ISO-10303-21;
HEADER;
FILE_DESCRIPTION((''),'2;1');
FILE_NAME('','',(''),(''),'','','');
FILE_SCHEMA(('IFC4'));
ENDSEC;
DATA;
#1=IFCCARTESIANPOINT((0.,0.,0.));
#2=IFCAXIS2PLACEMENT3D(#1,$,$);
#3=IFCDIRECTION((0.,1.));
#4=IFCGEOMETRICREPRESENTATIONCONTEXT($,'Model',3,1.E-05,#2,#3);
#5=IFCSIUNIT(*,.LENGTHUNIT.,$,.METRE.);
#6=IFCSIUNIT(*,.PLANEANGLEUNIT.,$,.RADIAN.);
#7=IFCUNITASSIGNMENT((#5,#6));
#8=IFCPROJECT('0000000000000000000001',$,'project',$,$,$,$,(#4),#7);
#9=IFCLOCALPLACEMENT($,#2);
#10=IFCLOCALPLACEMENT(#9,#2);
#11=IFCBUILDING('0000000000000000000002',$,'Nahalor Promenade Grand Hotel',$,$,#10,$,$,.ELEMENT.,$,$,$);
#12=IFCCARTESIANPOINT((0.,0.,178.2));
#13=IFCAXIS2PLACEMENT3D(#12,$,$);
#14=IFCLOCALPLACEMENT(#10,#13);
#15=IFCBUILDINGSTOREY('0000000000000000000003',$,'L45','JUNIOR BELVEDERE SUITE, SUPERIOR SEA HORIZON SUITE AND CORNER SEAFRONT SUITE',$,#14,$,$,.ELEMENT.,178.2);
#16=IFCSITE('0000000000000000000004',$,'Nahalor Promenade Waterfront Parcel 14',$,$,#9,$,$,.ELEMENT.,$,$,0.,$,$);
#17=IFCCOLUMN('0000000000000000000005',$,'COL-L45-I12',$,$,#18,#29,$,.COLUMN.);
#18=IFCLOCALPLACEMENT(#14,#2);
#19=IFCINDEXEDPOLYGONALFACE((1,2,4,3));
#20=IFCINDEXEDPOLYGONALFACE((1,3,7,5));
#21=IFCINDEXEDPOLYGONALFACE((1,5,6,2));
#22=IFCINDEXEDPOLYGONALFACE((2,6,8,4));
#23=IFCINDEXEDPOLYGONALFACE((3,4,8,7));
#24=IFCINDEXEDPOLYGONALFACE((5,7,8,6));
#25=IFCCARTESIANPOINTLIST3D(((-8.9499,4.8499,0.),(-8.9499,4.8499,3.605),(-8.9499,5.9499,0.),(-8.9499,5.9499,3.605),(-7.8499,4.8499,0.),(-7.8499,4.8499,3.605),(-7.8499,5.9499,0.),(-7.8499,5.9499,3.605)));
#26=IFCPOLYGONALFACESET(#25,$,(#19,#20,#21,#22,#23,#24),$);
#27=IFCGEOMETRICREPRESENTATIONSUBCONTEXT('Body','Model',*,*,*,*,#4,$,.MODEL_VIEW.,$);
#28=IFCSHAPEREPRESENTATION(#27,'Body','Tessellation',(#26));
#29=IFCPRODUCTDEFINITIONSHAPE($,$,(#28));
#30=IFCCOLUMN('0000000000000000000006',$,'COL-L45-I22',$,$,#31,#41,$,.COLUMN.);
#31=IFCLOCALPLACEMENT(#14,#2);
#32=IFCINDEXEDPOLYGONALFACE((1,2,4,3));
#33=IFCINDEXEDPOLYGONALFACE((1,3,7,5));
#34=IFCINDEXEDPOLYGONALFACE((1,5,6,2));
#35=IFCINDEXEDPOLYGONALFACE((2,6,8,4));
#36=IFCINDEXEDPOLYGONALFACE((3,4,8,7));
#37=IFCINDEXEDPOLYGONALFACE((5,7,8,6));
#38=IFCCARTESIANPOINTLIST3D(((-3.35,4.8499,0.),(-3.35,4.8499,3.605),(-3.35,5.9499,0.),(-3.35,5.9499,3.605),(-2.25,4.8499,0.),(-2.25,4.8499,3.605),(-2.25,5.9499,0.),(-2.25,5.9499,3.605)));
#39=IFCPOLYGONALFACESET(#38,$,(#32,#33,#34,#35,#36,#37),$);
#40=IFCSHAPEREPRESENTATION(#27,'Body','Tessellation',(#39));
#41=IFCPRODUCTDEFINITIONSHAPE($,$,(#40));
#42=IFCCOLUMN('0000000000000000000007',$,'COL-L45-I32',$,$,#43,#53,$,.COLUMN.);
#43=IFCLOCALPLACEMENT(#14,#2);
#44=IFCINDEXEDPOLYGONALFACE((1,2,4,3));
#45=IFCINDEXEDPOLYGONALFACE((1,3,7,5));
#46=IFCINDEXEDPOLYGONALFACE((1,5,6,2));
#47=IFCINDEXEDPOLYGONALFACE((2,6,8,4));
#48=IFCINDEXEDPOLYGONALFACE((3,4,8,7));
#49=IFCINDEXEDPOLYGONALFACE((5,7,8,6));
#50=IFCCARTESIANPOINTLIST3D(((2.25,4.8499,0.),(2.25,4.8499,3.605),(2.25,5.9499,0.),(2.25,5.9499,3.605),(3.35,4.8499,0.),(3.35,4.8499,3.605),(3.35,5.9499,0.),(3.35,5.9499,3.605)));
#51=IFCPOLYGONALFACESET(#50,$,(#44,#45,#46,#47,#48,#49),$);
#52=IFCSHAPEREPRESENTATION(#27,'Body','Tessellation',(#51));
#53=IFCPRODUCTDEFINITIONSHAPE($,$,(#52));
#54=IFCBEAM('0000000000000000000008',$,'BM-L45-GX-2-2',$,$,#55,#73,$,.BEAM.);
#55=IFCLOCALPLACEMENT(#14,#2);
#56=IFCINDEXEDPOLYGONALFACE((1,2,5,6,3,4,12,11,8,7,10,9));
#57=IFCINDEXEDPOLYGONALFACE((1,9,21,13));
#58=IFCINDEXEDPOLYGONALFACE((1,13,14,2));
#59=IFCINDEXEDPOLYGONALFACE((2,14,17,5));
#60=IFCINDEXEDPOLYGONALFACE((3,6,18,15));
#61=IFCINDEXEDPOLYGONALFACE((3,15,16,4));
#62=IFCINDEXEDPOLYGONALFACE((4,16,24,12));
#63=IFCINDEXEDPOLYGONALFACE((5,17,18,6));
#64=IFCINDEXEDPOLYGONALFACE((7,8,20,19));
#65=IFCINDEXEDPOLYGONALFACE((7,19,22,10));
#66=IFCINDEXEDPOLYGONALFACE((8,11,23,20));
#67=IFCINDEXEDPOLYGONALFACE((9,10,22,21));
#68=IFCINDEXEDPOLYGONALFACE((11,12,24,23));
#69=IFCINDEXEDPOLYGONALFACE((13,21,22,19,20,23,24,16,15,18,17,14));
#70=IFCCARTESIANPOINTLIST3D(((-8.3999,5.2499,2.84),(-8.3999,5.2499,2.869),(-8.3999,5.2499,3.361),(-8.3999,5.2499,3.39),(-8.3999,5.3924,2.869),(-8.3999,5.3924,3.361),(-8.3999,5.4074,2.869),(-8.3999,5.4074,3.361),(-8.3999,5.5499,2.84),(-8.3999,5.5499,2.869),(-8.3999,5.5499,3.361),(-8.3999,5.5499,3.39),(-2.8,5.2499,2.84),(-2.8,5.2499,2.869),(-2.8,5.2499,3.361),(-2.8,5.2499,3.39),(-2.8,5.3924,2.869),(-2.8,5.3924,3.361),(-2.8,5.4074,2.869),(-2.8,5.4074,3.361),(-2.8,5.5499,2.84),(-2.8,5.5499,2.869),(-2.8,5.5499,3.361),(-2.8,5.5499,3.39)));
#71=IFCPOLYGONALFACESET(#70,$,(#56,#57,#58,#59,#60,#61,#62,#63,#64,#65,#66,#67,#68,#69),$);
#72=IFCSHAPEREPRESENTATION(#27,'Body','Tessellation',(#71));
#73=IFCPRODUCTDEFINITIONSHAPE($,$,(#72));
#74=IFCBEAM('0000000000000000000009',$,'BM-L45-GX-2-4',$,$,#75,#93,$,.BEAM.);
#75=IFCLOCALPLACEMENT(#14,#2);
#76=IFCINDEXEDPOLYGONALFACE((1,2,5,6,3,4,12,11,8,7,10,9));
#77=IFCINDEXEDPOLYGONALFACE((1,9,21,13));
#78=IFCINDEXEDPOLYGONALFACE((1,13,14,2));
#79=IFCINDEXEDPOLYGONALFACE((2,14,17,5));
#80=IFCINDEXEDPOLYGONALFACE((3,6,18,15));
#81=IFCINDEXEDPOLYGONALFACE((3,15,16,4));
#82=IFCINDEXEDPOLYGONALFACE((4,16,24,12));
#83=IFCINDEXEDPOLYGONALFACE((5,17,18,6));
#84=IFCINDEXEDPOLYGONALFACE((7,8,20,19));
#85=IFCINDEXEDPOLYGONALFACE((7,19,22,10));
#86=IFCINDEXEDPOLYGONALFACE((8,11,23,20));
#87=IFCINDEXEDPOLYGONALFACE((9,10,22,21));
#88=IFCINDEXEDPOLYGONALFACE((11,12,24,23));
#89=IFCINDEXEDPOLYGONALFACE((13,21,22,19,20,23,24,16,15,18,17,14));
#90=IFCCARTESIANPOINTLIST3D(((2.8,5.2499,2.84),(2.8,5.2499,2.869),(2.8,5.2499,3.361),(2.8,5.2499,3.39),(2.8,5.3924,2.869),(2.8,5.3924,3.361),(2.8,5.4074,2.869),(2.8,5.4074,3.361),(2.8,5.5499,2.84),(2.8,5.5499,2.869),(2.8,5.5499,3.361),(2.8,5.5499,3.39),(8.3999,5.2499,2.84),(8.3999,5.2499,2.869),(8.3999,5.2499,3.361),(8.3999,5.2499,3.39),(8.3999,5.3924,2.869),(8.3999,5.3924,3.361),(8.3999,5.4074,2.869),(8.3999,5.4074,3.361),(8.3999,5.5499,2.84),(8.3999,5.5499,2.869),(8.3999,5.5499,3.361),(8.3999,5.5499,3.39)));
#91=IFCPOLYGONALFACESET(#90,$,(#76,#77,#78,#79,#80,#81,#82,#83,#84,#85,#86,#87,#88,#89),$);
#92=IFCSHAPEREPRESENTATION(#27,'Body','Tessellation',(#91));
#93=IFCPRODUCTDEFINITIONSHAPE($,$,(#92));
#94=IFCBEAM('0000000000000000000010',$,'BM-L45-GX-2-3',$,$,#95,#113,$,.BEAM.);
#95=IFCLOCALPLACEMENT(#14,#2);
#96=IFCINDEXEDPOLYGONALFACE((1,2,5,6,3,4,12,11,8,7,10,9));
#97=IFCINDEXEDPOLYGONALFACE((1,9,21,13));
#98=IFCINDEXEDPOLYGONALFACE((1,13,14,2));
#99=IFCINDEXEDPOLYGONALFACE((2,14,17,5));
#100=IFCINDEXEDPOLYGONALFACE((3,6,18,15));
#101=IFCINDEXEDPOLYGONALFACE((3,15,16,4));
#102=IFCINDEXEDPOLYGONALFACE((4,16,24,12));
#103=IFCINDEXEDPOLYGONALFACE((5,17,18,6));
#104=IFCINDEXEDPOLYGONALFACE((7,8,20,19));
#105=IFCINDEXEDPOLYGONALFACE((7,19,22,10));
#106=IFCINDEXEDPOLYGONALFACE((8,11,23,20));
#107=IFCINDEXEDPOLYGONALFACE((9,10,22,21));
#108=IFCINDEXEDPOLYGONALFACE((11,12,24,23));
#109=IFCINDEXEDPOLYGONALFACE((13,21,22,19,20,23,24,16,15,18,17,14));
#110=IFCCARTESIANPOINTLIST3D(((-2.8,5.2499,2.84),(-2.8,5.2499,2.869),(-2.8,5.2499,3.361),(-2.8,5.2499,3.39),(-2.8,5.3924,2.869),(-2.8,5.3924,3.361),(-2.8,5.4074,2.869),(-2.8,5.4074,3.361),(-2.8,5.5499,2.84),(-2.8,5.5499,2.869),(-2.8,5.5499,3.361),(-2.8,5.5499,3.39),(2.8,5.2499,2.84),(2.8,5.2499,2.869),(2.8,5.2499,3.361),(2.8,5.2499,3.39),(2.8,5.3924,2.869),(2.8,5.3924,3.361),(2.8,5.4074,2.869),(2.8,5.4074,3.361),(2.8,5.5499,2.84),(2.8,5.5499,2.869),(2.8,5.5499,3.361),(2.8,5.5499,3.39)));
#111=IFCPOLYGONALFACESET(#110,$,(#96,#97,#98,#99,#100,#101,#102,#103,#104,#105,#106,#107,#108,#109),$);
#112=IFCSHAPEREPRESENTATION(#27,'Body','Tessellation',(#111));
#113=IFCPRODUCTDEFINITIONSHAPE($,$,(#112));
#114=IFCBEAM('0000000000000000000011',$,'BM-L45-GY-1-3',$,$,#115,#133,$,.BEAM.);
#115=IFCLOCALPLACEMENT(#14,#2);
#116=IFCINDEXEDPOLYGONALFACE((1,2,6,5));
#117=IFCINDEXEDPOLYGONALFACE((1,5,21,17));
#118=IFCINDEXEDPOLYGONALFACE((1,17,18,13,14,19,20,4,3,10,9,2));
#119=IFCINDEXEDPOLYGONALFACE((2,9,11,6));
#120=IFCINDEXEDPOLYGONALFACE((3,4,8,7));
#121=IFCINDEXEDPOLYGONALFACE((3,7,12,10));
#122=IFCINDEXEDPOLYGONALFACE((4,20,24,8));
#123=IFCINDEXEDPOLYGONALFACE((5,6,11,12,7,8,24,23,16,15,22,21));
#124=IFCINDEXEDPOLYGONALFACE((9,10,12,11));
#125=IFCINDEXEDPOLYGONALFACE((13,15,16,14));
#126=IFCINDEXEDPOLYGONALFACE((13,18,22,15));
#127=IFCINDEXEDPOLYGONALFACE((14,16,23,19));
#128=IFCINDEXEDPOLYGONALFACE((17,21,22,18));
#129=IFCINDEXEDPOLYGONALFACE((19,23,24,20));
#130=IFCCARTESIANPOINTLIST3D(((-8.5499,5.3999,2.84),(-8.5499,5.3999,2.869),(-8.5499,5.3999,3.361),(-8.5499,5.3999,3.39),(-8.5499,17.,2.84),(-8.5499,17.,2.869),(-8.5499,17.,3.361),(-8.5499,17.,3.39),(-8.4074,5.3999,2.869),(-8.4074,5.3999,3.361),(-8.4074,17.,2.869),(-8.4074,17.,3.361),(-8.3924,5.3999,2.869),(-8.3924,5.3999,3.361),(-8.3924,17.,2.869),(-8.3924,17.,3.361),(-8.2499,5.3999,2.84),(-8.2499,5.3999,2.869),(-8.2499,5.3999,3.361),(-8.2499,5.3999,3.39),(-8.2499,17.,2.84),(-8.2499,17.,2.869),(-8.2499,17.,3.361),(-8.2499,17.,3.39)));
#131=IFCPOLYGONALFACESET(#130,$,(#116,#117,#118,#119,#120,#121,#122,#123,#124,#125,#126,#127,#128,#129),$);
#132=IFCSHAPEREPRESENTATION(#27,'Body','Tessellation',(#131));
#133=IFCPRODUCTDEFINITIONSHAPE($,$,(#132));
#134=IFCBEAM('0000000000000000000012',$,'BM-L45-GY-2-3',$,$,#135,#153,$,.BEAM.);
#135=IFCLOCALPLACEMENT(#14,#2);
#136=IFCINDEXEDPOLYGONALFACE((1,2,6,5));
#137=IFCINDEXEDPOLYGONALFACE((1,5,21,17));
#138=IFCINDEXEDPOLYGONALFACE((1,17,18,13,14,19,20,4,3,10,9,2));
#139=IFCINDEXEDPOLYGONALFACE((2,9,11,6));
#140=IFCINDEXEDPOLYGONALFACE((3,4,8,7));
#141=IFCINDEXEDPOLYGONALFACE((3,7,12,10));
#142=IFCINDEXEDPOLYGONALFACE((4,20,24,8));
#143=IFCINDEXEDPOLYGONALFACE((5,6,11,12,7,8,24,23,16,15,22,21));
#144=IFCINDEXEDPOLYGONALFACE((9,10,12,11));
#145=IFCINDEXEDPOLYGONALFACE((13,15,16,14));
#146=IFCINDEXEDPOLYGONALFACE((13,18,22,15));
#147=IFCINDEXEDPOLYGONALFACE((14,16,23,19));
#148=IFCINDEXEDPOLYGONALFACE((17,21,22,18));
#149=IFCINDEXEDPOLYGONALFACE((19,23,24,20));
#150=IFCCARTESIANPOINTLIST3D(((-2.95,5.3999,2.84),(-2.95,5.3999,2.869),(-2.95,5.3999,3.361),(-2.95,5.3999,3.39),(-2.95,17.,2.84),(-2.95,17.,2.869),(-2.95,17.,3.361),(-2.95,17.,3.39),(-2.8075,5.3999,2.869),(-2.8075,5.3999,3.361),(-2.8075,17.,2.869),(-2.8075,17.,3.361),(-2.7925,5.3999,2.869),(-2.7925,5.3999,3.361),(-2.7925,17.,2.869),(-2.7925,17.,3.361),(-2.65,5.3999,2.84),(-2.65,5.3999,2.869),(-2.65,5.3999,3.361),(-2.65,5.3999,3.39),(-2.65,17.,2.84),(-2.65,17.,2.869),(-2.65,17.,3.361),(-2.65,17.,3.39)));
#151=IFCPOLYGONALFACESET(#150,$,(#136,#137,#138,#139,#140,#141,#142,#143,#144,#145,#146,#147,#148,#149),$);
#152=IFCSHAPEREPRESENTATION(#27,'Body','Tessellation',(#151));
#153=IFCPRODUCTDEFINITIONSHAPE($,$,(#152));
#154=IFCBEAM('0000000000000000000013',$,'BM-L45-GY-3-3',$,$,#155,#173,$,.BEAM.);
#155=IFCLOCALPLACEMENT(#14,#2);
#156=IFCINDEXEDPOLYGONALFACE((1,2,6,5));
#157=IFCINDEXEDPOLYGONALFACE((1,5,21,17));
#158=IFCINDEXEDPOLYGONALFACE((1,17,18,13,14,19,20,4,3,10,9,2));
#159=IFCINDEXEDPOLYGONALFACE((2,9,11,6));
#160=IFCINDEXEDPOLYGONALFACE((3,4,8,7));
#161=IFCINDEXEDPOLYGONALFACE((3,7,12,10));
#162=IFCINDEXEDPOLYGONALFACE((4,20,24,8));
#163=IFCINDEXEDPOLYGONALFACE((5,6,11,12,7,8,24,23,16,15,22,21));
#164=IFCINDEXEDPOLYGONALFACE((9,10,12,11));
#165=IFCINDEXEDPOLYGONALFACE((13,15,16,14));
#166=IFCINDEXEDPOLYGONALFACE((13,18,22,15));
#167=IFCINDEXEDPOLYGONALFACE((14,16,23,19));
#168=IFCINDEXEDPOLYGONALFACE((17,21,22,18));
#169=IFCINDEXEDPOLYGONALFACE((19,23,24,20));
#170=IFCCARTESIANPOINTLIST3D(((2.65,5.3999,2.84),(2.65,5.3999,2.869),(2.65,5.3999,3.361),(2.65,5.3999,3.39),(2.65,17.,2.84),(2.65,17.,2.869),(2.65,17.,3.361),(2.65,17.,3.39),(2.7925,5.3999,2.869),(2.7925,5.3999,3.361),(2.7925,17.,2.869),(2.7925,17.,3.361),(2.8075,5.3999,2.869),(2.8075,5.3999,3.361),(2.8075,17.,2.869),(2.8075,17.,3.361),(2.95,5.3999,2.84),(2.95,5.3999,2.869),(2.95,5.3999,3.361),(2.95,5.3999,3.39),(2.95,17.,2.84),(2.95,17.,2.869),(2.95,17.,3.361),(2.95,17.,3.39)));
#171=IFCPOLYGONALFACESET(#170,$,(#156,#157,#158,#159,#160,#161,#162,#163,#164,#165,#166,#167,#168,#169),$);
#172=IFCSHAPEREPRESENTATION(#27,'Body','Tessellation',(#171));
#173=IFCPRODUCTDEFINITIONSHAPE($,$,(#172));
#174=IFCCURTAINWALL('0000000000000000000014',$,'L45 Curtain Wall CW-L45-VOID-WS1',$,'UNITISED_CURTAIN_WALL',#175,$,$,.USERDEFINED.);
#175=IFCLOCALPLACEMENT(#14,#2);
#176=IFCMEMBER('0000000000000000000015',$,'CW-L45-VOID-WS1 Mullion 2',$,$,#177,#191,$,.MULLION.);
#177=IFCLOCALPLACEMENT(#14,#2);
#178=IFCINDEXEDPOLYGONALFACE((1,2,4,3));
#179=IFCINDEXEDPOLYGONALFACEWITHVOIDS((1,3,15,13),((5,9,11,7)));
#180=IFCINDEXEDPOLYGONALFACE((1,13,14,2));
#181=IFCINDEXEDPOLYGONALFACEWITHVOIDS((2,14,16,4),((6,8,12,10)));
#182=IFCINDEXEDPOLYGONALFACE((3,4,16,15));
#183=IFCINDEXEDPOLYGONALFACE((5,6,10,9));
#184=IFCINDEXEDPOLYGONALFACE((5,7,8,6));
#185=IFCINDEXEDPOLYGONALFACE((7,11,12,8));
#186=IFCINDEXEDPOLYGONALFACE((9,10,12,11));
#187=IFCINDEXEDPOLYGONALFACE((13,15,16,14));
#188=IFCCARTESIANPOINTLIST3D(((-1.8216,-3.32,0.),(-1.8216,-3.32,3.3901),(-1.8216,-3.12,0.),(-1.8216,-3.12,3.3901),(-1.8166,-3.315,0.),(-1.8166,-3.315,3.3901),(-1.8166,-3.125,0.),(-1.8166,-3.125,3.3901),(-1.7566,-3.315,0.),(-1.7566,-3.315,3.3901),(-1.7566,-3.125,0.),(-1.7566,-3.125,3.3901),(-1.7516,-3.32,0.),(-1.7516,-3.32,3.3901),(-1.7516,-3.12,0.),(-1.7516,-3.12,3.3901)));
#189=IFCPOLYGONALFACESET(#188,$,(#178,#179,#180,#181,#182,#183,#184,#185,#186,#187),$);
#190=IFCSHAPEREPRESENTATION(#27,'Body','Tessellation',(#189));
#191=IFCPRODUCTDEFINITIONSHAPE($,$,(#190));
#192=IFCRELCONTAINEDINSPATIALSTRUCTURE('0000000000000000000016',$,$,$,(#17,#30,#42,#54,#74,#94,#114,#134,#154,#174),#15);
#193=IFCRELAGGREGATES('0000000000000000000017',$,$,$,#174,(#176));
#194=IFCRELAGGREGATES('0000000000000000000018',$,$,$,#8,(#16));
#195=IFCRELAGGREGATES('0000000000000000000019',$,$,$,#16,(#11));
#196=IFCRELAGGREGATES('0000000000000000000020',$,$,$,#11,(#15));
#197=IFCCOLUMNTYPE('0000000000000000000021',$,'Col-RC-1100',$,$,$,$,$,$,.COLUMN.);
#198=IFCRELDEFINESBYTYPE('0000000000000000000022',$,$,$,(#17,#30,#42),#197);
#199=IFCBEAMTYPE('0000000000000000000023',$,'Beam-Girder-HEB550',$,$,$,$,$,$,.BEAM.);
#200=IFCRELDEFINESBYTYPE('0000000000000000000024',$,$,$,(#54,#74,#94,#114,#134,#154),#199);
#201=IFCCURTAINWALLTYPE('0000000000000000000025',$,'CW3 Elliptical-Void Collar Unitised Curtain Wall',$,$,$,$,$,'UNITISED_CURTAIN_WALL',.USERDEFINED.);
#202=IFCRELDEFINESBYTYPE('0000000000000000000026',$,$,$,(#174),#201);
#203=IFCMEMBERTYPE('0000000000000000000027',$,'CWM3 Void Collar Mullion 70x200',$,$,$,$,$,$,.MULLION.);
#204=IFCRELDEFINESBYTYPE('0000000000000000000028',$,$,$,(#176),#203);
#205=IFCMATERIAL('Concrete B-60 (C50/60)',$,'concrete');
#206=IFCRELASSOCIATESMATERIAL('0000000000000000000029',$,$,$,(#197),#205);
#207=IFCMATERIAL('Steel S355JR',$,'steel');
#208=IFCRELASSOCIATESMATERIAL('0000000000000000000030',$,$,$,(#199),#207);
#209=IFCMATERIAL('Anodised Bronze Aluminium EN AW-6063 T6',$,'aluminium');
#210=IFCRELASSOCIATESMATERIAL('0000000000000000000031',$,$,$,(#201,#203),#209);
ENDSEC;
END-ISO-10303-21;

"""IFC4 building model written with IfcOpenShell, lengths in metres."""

from ifc_helpers import new_model, si_unit, direction, frame, origin, origin_2d, place, context, subcontext, project, spatial, rectangle, hollow_rectangle, i_section, extrude, source, transform, mapped, material, material_profile, profile_set, type_object, element, aggregate, save


model = new_model("IFC4")

# Units and contexts
model_context = context("Model", 3, precision=1e-05, world=origin(), true_north=direction((0.0, 1.0)))
body_context = subcontext(model_context, "Body", "Model", "MODEL_VIEW")
ifc_project = project(units=[si_unit("LENGTHUNIT", "METRE"), si_unit("PLANEANGLEUNIT", "RADIAN")], contexts=[model_context])

# Site, building, storey
site_placement = place(None, origin())
site = spatial("IfcSite", under=ifc_project, at=site_placement, Name="Nahalor Promenade Waterfront Parcel 14", CompositionType="ELEMENT", RefElevation=0.0)
building_placement = place(site_placement, origin())
building = spatial("IfcBuilding", under=site, at=building_placement, Name="Nahalor Promenade Grand Hotel", CompositionType="ELEMENT")
storey_placement = place(building_placement, frame((0.0, 0.0, 178.2)))
storey = spatial("IfcBuildingStorey", under=building, at=storey_placement, Name="L45", Description="JUNIOR BELVEDERE SUITE, SUPERIOR SEA HORIZON SUITE AND CORNER SEAFRONT SUITE", CompositionType="ELEMENT", Elevation=178.2)

# Columns
ifc_material_1 = material(Name="Concrete B-60 (C50/60)", Category="concrete")
ifc_material_profile_1 = material_profile(ifc_material_1, rectangle(XDim=1.1, YDim=1.1, at=origin_2d()), Name="RC 1100x1100")
ifc_profile_set_1 = profile_set([ifc_material_profile_1], Name="Concrete B-60 (C50/60)")
column_type = type_object("IfcColumnType", Name="Col-RC-1100", PredefinedType="COLUMN", material=ifc_profile_set_1)
shared_shape_1 = source(origin(), body_context, "Body", "SweptSolid", [
    extrude(rectangle(XDim=1.1, YDim=1.1, at=origin_2d()), origin(), (0.0, 0.0, 1.0), 3.605),
])
for number, where, z_axis, x_axis, name in (
    (1, (-8.3999, 5.3999, 0.0), (0.0, 0.0, 1.0), (1.0, 0.0, 0.0), "COL-L45-I12"),
    (2, (-2.8, 5.3999, 0.0), (0.0, 0.0, 1.0), (1.0, 0.0, 0.0), "COL-L45-I22"),
    (3, (2.8, 5.3999, 0.0), (0.0, 0.0, 1.0), (1.0, 0.0, 0.0), "COL-L45-I32"),
):
    element("IfcColumn", number, at=place(storey_placement, frame(where, z_axis=z_axis, x_axis=x_axis)), inside=storey, type_object=column_type, Name=name, PredefinedType="COLUMN", context=body_context, shape_type="MappedRepresentation", body=[
        mapped(shared_shape_1, transform((0.0, 0.0, 0.0), scale=1.0)),
    ])

# Beams
ifc_material_2 = material(Name="Steel S355JR", Category="steel")
ifc_material_profile_2 = material_profile(ifc_material_2, i_section(OverallWidth=0.3, OverallDepth=0.55, WebThickness=0.015, FlangeThickness=0.029, at=origin_2d()), Name="HEB 550")
ifc_profile_set_2 = profile_set([ifc_material_profile_2], Name="Steel S355JR")
beam_type = type_object("IfcBeamType", Name="Beam-Girder-HEB550", PredefinedType="BEAM", material=ifc_profile_set_2)
shared_shape_2 = source(origin(), body_context, "Body", "SweptSolid", [
    extrude(i_section(OverallWidth=0.3, OverallDepth=0.55, WebThickness=0.015, FlangeThickness=0.029, at=origin_2d()), origin(), (0.0, 0.0, 1.0), 5.5999),
])
for number, where, z_axis, x_axis, name in (
    (4, (-8.3999, 5.3999, 3.115), (1.0, 0.0, 0.0), (0.0, 1.0, 0.0), "BM-L45-GX-2-2"),
    (5, (2.8, 5.3999, 3.115), (1.0, 0.0, 0.0), (0.0, 1.0, 0.0), "BM-L45-GX-2-4"),
):
    element("IfcBeam", number, at=place(storey_placement, frame(where, z_axis=z_axis, x_axis=x_axis)), inside=storey, type_object=beam_type, Name=name, PredefinedType="BEAM", context=body_context, shape_type="MappedRepresentation", body=[
        mapped(shared_shape_2, transform((0.0, 0.0, 0.0), scale=1.0)),
    ])
shared_shape_3 = source(origin(), body_context, "Body", "SweptSolid", [
    extrude(i_section(OverallWidth=0.3, OverallDepth=0.55, WebThickness=0.015, FlangeThickness=0.029, at=origin_2d()), origin(), (0.0, 0.0, 1.0), 5.6001),
])
beam_placement = place(storey_placement, frame((-2.8, 5.3999, 3.115), z_axis=(1.0, 0.0, 0.0), x_axis=(0.0, 1.0, 0.0)))
element("IfcBeam", 6, at=beam_placement, inside=storey, type_object=beam_type, Name="BM-L45-GX-2-3", PredefinedType="BEAM", context=body_context, shape_type="MappedRepresentation", body=[
    mapped(shared_shape_3, transform((0.0, 0.0, 0.0), scale=1.0)),
])
shared_shape_4 = source(origin(), body_context, "Body", "SweptSolid", [
    extrude(i_section(OverallWidth=0.3, OverallDepth=0.55, WebThickness=0.015, FlangeThickness=0.029, at=origin_2d()), origin(), (0.0, 0.0, 1.0), 11.6001),
])
for number, where, z_axis, x_axis, name in (
    (7, (-8.3999, 5.3999, 3.115), (0.0, 1.0, 0.0), (-1.0, 0.0, 0.0), "BM-L45-GY-1-3"),
    (8, (-2.8, 5.3999, 3.115), (0.0, 1.0, 0.0), (-1.0, 0.0, 0.0), "BM-L45-GY-2-3"),
    (9, (2.8, 5.3999, 3.115), (0.0, 1.0, 0.0), (-1.0, 0.0, 0.0), "BM-L45-GY-3-3"),
):
    element("IfcBeam", number, at=place(storey_placement, frame(where, z_axis=z_axis, x_axis=x_axis)), inside=storey, type_object=beam_type, Name=name, PredefinedType="BEAM", context=body_context, shape_type="MappedRepresentation", body=[
        mapped(shared_shape_4, transform((0.0, 0.0, 0.0), scale=1.0)),
    ])

# Curtain wall, member
ifc_material_3 = material(Name="Anodised Bronze Aluminium EN AW-6063 T6", Category="aluminium")
curtain_wall_type = type_object("IfcCurtainWallType", Name="CW3 Elliptical-Void Collar Unitised Curtain Wall", ElementType="UNITISED_CURTAIN_WALL", PredefinedType="USERDEFINED", material=ifc_material_3)
curtain_wall_1_placement = place(storey_placement, origin())
curtain_wall_1 = element("IfcCurtainWall", 10, at=curtain_wall_1_placement, inside=storey, type_object=curtain_wall_type, Name="L45 Curtain Wall CW-L45-VOID-WS1", ObjectType="UNITISED_CURTAIN_WALL", PredefinedType="USERDEFINED")
ifc_material_profile_3 = material_profile(ifc_material_3, hollow_rectangle(XDim=0.07, YDim=0.2, WallThickness=0.005, at=origin_2d()), Name="CWM 70x200x5")
ifc_profile_set_3 = profile_set([ifc_material_profile_3], Name="Anodised Bronze Aluminium EN AW-6063 T6")
member_type_1 = type_object("IfcMemberType", Name="CWM3 Void Collar Mullion 70x200", PredefinedType="MULLION", material=ifc_profile_set_3)
shared_shape_5 = source(origin(), body_context, "Body", "SweptSolid", [
    extrude(hollow_rectangle(XDim=0.07, YDim=0.2, WallThickness=0.005, at=origin_2d()), origin(), (0.0, 0.0, 1.0), 3.3901),
])
member_1_placement = place(storey_placement, frame((-1.7866, -3.22, 0.0), z_axis=(0.0, 0.0, 1.0), x_axis=(1.0, 0.0, 0.0)))
member_1 = element("IfcMember", 11, at=member_1_placement, type_object=member_type_1, Name="CW-L45-VOID-WS1 Mullion 2", PredefinedType="MULLION", context=body_context, shape_type="MappedRepresentation", body=[
    mapped(shared_shape_5, transform((0.0, 0.0, 0.0), scale=1.0)),
])

aggregate(curtain_wall_1, [member_1])

save(model, "model.ifc")
